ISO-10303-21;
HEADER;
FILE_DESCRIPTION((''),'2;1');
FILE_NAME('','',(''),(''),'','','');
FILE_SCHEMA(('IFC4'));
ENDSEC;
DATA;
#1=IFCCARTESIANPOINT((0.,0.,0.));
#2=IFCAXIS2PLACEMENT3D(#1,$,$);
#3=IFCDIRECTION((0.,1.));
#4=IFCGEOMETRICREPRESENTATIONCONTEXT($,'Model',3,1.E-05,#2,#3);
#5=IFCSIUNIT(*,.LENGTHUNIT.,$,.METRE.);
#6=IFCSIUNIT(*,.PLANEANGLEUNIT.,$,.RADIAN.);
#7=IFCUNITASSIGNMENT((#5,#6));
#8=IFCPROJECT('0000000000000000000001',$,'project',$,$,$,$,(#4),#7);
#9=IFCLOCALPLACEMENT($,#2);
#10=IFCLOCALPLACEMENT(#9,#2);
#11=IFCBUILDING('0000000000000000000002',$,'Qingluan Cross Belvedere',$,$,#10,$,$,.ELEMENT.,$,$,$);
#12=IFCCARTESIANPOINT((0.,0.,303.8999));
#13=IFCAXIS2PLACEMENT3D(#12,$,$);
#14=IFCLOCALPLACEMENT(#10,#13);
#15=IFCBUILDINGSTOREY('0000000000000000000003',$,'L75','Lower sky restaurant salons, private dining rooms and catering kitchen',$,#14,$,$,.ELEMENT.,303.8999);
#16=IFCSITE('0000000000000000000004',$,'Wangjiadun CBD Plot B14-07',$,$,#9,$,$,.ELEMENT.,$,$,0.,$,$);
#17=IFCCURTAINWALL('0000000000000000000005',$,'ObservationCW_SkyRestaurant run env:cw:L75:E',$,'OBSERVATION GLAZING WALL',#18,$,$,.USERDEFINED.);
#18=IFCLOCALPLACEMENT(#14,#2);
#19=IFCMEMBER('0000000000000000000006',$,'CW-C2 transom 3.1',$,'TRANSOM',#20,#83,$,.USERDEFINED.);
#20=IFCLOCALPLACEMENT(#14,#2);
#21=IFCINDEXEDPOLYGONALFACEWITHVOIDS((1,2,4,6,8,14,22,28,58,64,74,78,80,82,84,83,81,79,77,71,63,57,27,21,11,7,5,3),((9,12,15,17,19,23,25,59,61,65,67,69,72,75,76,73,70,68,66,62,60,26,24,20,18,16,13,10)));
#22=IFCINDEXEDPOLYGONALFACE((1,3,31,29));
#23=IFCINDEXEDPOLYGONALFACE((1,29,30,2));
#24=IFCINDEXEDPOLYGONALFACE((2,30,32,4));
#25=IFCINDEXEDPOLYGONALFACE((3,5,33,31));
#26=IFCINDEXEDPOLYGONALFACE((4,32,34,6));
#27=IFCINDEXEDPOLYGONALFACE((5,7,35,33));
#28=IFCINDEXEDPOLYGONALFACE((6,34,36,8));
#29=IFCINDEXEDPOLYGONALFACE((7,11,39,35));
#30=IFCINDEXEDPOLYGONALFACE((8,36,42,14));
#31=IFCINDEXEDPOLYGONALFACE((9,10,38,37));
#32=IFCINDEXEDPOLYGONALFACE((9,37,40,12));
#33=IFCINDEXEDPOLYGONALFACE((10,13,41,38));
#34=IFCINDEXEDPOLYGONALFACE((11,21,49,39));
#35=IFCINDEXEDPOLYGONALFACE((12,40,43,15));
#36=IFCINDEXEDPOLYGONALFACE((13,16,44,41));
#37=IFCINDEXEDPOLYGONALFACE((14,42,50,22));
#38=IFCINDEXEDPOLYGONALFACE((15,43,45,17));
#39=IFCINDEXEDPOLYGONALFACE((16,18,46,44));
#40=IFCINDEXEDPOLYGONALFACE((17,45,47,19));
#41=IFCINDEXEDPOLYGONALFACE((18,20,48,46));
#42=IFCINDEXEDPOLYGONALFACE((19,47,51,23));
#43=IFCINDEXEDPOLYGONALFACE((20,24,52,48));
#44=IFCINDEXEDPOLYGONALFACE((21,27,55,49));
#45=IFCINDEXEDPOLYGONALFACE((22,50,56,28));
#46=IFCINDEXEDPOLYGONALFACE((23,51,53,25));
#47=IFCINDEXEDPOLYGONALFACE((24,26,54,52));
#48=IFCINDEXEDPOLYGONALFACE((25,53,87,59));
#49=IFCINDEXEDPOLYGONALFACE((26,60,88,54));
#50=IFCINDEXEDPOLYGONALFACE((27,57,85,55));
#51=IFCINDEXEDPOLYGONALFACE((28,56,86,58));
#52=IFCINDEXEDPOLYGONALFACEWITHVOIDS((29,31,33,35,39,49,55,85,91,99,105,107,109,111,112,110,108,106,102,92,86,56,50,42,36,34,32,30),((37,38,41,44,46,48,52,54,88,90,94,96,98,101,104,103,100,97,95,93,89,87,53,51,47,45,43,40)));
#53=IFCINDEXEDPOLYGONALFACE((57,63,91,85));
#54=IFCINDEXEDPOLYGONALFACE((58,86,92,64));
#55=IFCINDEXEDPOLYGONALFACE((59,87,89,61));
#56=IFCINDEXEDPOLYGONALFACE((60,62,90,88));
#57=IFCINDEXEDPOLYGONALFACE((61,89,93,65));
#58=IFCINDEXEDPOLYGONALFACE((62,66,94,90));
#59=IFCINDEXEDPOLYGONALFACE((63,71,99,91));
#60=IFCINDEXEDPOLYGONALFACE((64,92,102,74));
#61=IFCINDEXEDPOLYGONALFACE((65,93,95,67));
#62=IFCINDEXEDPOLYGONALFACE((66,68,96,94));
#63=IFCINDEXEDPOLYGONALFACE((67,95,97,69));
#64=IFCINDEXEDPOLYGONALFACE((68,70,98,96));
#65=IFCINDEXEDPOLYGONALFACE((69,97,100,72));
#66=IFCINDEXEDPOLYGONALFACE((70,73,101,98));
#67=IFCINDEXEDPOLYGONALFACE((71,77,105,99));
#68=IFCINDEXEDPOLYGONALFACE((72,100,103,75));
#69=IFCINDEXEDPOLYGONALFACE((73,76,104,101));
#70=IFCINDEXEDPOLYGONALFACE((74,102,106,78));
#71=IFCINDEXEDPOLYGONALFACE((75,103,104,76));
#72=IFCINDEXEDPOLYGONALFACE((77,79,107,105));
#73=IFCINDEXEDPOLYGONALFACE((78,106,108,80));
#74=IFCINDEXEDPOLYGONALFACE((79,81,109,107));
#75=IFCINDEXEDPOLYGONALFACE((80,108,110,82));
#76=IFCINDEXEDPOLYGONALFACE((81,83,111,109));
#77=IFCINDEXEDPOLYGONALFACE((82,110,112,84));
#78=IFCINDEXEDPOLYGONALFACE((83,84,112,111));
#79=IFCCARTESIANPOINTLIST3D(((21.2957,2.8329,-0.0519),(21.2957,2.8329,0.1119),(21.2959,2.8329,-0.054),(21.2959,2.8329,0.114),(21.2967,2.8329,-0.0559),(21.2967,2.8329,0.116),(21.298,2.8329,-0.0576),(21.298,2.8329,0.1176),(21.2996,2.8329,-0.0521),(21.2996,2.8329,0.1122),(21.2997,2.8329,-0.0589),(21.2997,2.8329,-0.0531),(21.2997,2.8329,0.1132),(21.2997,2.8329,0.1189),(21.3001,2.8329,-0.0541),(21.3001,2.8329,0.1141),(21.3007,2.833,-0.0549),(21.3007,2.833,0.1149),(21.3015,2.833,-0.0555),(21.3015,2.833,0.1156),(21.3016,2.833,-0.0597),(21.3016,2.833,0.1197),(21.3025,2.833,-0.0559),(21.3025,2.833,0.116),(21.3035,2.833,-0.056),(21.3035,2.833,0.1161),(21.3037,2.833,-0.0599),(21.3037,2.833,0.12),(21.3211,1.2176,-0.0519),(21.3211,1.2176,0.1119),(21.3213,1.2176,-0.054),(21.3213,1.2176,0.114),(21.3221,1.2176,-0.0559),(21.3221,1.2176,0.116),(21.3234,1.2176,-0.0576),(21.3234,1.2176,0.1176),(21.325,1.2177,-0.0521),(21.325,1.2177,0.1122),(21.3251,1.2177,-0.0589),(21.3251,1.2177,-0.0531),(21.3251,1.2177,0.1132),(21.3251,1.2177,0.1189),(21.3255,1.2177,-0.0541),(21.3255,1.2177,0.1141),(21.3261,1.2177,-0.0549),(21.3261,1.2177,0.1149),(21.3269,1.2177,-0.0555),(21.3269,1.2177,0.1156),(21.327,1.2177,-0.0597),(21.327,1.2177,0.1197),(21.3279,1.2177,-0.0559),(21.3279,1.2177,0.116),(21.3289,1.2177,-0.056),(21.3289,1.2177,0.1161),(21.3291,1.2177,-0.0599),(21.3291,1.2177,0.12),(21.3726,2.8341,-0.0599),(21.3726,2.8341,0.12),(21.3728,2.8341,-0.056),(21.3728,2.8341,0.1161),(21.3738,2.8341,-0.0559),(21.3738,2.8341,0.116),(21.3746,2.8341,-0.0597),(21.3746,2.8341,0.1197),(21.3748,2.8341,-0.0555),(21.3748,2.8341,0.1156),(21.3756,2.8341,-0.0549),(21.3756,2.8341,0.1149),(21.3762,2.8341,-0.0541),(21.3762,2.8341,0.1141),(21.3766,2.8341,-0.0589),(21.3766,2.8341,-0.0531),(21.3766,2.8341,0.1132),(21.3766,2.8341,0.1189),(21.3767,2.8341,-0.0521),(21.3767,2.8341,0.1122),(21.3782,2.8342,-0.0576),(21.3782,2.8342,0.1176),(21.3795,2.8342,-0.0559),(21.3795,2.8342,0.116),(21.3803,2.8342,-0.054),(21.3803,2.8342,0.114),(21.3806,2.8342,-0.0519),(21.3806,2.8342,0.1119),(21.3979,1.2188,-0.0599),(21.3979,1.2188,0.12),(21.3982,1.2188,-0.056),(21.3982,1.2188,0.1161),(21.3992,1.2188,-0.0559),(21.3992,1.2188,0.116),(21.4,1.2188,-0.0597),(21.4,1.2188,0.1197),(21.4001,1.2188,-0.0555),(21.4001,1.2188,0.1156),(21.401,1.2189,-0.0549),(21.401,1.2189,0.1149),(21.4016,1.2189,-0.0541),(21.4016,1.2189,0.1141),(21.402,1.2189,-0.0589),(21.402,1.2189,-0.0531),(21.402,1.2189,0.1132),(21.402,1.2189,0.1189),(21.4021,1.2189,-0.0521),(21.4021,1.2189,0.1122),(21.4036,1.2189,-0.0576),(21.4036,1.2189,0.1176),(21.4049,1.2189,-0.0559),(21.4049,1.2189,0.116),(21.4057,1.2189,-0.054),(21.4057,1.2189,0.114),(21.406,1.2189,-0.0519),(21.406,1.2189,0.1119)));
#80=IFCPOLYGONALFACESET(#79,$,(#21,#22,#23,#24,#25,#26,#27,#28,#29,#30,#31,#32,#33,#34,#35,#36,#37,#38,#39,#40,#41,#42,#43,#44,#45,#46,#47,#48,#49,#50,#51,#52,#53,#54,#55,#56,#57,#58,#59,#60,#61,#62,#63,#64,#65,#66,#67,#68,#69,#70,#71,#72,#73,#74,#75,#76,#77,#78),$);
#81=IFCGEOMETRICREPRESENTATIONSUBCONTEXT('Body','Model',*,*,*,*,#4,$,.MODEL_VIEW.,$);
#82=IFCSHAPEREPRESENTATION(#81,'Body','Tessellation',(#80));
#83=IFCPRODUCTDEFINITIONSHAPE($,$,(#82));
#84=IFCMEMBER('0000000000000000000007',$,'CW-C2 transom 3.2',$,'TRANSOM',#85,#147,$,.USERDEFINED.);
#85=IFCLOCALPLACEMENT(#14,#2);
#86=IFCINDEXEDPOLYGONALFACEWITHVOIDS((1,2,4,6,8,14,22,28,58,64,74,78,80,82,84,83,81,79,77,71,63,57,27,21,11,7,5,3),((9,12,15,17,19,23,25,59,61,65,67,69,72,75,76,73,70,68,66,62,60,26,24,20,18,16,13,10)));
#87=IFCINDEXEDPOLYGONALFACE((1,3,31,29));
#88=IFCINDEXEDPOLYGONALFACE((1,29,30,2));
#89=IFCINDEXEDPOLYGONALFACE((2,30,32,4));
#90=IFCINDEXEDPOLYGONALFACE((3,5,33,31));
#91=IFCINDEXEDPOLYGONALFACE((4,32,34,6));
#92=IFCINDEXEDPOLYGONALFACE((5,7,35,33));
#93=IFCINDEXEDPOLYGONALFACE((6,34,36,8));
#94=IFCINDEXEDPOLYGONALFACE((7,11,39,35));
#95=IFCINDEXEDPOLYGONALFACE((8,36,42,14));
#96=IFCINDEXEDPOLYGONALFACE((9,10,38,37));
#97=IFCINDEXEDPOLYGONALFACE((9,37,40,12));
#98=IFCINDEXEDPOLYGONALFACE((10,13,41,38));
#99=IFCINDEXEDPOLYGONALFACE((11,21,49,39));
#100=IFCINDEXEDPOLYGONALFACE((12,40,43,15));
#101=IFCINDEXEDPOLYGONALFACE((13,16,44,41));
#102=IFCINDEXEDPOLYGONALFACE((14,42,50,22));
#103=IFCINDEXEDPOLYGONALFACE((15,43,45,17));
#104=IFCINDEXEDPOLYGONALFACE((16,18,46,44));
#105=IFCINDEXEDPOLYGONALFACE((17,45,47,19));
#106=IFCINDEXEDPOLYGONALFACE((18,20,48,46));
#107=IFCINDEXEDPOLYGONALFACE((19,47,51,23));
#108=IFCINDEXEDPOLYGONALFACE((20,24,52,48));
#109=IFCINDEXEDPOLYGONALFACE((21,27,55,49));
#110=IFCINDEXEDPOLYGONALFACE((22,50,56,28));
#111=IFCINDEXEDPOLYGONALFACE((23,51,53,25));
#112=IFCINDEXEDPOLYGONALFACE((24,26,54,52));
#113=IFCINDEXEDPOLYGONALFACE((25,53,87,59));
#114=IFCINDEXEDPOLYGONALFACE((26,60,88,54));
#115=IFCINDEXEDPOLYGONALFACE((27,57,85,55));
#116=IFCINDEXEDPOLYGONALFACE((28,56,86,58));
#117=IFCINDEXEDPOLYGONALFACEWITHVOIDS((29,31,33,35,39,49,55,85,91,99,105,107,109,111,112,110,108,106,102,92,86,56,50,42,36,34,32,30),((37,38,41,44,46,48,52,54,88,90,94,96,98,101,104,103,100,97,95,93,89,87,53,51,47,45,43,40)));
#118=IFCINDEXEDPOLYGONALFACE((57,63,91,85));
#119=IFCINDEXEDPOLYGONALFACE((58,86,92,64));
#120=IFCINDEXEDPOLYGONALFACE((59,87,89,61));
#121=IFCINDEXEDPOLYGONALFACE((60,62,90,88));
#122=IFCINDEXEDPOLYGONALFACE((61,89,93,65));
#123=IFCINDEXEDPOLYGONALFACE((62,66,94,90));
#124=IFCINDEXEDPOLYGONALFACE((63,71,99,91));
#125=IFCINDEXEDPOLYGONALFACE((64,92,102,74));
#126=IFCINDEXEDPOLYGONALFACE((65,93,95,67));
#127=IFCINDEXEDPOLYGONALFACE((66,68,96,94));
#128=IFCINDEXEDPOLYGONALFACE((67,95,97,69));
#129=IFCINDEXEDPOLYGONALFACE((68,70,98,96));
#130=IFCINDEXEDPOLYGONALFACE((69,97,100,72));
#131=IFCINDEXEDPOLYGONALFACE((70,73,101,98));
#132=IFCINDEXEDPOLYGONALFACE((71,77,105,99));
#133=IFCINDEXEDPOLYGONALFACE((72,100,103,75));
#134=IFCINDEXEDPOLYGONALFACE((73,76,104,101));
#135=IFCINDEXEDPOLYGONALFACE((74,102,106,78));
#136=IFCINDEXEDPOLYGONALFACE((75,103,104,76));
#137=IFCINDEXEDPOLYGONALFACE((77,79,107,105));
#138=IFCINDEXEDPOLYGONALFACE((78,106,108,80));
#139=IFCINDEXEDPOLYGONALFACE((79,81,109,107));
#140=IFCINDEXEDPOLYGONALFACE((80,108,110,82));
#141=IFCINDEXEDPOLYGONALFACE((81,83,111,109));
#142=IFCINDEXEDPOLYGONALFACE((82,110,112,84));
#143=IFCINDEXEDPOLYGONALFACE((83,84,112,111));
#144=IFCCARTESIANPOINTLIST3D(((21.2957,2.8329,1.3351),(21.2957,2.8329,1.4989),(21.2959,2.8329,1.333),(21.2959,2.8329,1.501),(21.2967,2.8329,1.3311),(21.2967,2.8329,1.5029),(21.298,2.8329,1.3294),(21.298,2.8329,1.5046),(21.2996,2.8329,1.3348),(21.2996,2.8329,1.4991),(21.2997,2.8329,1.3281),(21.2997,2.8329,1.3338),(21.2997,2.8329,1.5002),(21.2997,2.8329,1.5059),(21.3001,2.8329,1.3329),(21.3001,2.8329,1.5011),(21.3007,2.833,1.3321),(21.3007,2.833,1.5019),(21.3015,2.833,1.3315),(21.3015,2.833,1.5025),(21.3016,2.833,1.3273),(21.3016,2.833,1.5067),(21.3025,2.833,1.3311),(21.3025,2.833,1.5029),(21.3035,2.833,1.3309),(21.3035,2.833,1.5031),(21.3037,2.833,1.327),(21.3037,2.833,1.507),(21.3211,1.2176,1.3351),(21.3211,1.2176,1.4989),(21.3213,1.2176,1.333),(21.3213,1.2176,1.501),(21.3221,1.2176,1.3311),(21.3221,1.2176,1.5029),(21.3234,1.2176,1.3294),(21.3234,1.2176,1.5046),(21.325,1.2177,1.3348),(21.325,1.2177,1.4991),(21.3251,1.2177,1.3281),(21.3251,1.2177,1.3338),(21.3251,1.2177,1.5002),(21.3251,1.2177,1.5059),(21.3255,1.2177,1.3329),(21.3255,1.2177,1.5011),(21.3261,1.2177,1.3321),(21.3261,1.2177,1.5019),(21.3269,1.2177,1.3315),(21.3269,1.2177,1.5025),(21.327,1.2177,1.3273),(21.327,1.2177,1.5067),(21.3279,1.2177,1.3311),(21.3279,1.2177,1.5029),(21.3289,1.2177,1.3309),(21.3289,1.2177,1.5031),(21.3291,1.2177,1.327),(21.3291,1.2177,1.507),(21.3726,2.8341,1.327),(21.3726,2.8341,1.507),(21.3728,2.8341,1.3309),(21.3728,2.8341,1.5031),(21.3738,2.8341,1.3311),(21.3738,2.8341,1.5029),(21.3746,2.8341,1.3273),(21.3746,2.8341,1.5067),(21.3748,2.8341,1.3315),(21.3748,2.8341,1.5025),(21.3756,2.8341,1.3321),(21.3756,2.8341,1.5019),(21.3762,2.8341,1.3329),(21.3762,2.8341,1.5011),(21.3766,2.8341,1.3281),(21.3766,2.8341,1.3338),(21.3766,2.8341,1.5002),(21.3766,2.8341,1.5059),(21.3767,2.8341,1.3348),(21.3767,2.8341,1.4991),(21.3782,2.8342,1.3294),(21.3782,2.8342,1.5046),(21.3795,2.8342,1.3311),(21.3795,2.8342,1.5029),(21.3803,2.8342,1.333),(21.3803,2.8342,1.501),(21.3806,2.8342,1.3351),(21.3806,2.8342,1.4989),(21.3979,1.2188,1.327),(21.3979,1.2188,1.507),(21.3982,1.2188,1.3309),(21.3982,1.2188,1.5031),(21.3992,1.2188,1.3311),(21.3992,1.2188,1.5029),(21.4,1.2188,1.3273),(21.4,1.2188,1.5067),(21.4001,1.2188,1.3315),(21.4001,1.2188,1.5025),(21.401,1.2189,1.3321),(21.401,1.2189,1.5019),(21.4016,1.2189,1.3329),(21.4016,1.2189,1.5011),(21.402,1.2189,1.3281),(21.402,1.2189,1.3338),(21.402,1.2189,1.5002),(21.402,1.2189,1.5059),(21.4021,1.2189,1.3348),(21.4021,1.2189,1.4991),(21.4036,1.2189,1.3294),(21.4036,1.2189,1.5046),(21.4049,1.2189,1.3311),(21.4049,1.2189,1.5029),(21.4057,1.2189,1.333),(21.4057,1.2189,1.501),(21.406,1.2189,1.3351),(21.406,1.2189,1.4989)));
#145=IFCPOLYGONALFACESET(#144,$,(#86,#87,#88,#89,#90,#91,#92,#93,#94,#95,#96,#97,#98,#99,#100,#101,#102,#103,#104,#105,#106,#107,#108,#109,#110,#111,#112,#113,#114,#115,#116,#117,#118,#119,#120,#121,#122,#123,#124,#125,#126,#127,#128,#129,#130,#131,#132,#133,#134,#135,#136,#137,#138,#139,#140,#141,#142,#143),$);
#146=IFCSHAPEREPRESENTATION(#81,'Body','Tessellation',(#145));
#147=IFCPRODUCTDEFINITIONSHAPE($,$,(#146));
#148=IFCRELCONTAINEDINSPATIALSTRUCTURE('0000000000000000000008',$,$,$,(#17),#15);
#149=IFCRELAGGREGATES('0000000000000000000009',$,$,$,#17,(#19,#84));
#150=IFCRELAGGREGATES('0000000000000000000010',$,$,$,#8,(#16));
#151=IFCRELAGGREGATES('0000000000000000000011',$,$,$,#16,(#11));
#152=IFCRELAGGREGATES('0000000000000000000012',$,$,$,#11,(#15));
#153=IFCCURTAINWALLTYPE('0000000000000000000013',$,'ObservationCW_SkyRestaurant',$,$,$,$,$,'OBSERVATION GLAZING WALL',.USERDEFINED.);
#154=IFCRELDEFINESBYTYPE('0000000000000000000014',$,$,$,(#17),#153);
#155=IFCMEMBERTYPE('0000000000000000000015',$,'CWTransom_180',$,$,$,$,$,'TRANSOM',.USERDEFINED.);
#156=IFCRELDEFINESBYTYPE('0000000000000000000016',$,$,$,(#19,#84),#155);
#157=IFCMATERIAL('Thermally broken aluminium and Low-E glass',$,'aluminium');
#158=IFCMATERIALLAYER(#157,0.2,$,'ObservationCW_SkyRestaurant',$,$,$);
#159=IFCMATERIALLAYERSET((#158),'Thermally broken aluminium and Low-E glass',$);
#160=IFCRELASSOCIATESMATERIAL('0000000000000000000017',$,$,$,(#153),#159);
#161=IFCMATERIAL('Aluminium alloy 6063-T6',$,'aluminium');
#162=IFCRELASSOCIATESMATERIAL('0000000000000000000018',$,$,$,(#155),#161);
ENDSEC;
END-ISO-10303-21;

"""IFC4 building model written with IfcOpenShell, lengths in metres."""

from ifc_helpers import new_model, si_unit, direction, frame, origin, origin_2d, place, context, subcontext, project, spatial, hollow_rectangle, extrude, material, layer, layer_set, material_profile, profile_set, type_object, element, aggregate, save


model = new_model("IFC4")

# Units and contexts
model_context = context("Model", 3, precision=1e-05, world=origin(), true_north=direction((0.0, 1.0)))
body_context = subcontext(model_context, "Body", "Model", "MODEL_VIEW")
ifc_project = project(units=[si_unit("LENGTHUNIT", "METRE"), si_unit("PLANEANGLEUNIT", "RADIAN")], contexts=[model_context])

# Site, building, storey
site_placement = place(None, origin())
site = spatial("IfcSite", under=ifc_project, at=site_placement, Name="Wangjiadun CBD Plot B14-07", CompositionType="ELEMENT", RefElevation=0.0)
building_placement = place(site_placement, origin())
building = spatial("IfcBuilding", under=site, at=building_placement, Name="Qingluan Cross Belvedere", CompositionType="ELEMENT")
storey_placement = place(building_placement, frame((0.0, 0.0, 303.8999)))
storey = spatial("IfcBuildingStorey", under=building, at=storey_placement, Name="L75", Description="Lower sky restaurant salons, private dining rooms and catering kitchen", CompositionType="ELEMENT", Elevation=303.8999)

# Curtain wall, members
ifc_material_1 = material(Name="Thermally broken aluminium and Low-E glass", Category="aluminium")
ifc_layer_1 = layer(ifc_material_1, 0.2, Name="ObservationCW_SkyRestaurant")
ifc_layer_set_1 = layer_set([ifc_layer_1], Name="Thermally broken aluminium and Low-E glass")
curtain_wall_type = type_object("IfcCurtainWallType", Name="ObservationCW_SkyRestaurant", ElementType="OBSERVATION GLAZING WALL", PredefinedType="USERDEFINED", material=ifc_layer_set_1)
curtain_wall_placement = place(storey_placement, origin())
curtain_wall = element("IfcCurtainWall", 1, at=curtain_wall_placement, inside=storey, type_object=curtain_wall_type, Name="ObservationCW_SkyRestaurant run env:cw:L75:E", ObjectType="OBSERVATION GLAZING WALL", PredefinedType="USERDEFINED")
ifc_material_2 = material(Name="Aluminium alloy 6063-T6", Category="aluminium")
ifc_material_profile_1 = material_profile(ifc_material_2, hollow_rectangle(XDim=0.085, YDim=0.1799, WallThickness=0.0039, InnerFilletRadius=0.0039, OuterFilletRadius=0.0081, at=origin_2d()), Name="CWT180x85x4")
ifc_profile_set_1 = profile_set([ifc_material_profile_1], Name="Aluminium alloy 6063-T6")
member_type_1 = type_object("IfcMemberType", Name="CWTransom_180", ElementType="TRANSOM", PredefinedType="USERDEFINED", material=ifc_profile_set_1)
member_1_placement = place(storey_placement, frame((21.3635, 1.2183, 0.03), z_axis=(-0.015718, 0.999876, 0.0), x_axis=(-0.999876, -0.015718, 0.0)))
member_1 = element("IfcMember", 2, at=member_1_placement, type_object=member_type_1, Name="CW-C2 transom 3.1", ObjectType="TRANSOM", PredefinedType="USERDEFINED", context=body_context, shape_type="SweptSolid", body=[
    extrude(hollow_rectangle(XDim=0.085, YDim=0.1799, WallThickness=0.0039, InnerFilletRadius=0.0039, OuterFilletRadius=0.0081, at=origin_2d()), origin(), (0.0, 0.0, 1.0), 1.6155),
])
member_2_placement = place(storey_placement, frame((21.3635, 1.2183, 1.417), z_axis=(-0.015718, 0.999876, 0.0), x_axis=(-0.999876, -0.015718, 0.0)))
member_2 = element("IfcMember", 3, at=member_2_placement, type_object=member_type_1, Name="CW-C2 transom 3.2", ObjectType="TRANSOM", PredefinedType="USERDEFINED", context=body_context, shape_type="SweptSolid", body=[
    extrude(hollow_rectangle(XDim=0.085, YDim=0.1799, WallThickness=0.0039, InnerFilletRadius=0.0039, OuterFilletRadius=0.0081, at=origin_2d()), origin(), (0.0, 0.0, 1.0), 1.6155),
])

aggregate(curtain_wall, [member_1, member_2])

save(model, "model.ifc")
